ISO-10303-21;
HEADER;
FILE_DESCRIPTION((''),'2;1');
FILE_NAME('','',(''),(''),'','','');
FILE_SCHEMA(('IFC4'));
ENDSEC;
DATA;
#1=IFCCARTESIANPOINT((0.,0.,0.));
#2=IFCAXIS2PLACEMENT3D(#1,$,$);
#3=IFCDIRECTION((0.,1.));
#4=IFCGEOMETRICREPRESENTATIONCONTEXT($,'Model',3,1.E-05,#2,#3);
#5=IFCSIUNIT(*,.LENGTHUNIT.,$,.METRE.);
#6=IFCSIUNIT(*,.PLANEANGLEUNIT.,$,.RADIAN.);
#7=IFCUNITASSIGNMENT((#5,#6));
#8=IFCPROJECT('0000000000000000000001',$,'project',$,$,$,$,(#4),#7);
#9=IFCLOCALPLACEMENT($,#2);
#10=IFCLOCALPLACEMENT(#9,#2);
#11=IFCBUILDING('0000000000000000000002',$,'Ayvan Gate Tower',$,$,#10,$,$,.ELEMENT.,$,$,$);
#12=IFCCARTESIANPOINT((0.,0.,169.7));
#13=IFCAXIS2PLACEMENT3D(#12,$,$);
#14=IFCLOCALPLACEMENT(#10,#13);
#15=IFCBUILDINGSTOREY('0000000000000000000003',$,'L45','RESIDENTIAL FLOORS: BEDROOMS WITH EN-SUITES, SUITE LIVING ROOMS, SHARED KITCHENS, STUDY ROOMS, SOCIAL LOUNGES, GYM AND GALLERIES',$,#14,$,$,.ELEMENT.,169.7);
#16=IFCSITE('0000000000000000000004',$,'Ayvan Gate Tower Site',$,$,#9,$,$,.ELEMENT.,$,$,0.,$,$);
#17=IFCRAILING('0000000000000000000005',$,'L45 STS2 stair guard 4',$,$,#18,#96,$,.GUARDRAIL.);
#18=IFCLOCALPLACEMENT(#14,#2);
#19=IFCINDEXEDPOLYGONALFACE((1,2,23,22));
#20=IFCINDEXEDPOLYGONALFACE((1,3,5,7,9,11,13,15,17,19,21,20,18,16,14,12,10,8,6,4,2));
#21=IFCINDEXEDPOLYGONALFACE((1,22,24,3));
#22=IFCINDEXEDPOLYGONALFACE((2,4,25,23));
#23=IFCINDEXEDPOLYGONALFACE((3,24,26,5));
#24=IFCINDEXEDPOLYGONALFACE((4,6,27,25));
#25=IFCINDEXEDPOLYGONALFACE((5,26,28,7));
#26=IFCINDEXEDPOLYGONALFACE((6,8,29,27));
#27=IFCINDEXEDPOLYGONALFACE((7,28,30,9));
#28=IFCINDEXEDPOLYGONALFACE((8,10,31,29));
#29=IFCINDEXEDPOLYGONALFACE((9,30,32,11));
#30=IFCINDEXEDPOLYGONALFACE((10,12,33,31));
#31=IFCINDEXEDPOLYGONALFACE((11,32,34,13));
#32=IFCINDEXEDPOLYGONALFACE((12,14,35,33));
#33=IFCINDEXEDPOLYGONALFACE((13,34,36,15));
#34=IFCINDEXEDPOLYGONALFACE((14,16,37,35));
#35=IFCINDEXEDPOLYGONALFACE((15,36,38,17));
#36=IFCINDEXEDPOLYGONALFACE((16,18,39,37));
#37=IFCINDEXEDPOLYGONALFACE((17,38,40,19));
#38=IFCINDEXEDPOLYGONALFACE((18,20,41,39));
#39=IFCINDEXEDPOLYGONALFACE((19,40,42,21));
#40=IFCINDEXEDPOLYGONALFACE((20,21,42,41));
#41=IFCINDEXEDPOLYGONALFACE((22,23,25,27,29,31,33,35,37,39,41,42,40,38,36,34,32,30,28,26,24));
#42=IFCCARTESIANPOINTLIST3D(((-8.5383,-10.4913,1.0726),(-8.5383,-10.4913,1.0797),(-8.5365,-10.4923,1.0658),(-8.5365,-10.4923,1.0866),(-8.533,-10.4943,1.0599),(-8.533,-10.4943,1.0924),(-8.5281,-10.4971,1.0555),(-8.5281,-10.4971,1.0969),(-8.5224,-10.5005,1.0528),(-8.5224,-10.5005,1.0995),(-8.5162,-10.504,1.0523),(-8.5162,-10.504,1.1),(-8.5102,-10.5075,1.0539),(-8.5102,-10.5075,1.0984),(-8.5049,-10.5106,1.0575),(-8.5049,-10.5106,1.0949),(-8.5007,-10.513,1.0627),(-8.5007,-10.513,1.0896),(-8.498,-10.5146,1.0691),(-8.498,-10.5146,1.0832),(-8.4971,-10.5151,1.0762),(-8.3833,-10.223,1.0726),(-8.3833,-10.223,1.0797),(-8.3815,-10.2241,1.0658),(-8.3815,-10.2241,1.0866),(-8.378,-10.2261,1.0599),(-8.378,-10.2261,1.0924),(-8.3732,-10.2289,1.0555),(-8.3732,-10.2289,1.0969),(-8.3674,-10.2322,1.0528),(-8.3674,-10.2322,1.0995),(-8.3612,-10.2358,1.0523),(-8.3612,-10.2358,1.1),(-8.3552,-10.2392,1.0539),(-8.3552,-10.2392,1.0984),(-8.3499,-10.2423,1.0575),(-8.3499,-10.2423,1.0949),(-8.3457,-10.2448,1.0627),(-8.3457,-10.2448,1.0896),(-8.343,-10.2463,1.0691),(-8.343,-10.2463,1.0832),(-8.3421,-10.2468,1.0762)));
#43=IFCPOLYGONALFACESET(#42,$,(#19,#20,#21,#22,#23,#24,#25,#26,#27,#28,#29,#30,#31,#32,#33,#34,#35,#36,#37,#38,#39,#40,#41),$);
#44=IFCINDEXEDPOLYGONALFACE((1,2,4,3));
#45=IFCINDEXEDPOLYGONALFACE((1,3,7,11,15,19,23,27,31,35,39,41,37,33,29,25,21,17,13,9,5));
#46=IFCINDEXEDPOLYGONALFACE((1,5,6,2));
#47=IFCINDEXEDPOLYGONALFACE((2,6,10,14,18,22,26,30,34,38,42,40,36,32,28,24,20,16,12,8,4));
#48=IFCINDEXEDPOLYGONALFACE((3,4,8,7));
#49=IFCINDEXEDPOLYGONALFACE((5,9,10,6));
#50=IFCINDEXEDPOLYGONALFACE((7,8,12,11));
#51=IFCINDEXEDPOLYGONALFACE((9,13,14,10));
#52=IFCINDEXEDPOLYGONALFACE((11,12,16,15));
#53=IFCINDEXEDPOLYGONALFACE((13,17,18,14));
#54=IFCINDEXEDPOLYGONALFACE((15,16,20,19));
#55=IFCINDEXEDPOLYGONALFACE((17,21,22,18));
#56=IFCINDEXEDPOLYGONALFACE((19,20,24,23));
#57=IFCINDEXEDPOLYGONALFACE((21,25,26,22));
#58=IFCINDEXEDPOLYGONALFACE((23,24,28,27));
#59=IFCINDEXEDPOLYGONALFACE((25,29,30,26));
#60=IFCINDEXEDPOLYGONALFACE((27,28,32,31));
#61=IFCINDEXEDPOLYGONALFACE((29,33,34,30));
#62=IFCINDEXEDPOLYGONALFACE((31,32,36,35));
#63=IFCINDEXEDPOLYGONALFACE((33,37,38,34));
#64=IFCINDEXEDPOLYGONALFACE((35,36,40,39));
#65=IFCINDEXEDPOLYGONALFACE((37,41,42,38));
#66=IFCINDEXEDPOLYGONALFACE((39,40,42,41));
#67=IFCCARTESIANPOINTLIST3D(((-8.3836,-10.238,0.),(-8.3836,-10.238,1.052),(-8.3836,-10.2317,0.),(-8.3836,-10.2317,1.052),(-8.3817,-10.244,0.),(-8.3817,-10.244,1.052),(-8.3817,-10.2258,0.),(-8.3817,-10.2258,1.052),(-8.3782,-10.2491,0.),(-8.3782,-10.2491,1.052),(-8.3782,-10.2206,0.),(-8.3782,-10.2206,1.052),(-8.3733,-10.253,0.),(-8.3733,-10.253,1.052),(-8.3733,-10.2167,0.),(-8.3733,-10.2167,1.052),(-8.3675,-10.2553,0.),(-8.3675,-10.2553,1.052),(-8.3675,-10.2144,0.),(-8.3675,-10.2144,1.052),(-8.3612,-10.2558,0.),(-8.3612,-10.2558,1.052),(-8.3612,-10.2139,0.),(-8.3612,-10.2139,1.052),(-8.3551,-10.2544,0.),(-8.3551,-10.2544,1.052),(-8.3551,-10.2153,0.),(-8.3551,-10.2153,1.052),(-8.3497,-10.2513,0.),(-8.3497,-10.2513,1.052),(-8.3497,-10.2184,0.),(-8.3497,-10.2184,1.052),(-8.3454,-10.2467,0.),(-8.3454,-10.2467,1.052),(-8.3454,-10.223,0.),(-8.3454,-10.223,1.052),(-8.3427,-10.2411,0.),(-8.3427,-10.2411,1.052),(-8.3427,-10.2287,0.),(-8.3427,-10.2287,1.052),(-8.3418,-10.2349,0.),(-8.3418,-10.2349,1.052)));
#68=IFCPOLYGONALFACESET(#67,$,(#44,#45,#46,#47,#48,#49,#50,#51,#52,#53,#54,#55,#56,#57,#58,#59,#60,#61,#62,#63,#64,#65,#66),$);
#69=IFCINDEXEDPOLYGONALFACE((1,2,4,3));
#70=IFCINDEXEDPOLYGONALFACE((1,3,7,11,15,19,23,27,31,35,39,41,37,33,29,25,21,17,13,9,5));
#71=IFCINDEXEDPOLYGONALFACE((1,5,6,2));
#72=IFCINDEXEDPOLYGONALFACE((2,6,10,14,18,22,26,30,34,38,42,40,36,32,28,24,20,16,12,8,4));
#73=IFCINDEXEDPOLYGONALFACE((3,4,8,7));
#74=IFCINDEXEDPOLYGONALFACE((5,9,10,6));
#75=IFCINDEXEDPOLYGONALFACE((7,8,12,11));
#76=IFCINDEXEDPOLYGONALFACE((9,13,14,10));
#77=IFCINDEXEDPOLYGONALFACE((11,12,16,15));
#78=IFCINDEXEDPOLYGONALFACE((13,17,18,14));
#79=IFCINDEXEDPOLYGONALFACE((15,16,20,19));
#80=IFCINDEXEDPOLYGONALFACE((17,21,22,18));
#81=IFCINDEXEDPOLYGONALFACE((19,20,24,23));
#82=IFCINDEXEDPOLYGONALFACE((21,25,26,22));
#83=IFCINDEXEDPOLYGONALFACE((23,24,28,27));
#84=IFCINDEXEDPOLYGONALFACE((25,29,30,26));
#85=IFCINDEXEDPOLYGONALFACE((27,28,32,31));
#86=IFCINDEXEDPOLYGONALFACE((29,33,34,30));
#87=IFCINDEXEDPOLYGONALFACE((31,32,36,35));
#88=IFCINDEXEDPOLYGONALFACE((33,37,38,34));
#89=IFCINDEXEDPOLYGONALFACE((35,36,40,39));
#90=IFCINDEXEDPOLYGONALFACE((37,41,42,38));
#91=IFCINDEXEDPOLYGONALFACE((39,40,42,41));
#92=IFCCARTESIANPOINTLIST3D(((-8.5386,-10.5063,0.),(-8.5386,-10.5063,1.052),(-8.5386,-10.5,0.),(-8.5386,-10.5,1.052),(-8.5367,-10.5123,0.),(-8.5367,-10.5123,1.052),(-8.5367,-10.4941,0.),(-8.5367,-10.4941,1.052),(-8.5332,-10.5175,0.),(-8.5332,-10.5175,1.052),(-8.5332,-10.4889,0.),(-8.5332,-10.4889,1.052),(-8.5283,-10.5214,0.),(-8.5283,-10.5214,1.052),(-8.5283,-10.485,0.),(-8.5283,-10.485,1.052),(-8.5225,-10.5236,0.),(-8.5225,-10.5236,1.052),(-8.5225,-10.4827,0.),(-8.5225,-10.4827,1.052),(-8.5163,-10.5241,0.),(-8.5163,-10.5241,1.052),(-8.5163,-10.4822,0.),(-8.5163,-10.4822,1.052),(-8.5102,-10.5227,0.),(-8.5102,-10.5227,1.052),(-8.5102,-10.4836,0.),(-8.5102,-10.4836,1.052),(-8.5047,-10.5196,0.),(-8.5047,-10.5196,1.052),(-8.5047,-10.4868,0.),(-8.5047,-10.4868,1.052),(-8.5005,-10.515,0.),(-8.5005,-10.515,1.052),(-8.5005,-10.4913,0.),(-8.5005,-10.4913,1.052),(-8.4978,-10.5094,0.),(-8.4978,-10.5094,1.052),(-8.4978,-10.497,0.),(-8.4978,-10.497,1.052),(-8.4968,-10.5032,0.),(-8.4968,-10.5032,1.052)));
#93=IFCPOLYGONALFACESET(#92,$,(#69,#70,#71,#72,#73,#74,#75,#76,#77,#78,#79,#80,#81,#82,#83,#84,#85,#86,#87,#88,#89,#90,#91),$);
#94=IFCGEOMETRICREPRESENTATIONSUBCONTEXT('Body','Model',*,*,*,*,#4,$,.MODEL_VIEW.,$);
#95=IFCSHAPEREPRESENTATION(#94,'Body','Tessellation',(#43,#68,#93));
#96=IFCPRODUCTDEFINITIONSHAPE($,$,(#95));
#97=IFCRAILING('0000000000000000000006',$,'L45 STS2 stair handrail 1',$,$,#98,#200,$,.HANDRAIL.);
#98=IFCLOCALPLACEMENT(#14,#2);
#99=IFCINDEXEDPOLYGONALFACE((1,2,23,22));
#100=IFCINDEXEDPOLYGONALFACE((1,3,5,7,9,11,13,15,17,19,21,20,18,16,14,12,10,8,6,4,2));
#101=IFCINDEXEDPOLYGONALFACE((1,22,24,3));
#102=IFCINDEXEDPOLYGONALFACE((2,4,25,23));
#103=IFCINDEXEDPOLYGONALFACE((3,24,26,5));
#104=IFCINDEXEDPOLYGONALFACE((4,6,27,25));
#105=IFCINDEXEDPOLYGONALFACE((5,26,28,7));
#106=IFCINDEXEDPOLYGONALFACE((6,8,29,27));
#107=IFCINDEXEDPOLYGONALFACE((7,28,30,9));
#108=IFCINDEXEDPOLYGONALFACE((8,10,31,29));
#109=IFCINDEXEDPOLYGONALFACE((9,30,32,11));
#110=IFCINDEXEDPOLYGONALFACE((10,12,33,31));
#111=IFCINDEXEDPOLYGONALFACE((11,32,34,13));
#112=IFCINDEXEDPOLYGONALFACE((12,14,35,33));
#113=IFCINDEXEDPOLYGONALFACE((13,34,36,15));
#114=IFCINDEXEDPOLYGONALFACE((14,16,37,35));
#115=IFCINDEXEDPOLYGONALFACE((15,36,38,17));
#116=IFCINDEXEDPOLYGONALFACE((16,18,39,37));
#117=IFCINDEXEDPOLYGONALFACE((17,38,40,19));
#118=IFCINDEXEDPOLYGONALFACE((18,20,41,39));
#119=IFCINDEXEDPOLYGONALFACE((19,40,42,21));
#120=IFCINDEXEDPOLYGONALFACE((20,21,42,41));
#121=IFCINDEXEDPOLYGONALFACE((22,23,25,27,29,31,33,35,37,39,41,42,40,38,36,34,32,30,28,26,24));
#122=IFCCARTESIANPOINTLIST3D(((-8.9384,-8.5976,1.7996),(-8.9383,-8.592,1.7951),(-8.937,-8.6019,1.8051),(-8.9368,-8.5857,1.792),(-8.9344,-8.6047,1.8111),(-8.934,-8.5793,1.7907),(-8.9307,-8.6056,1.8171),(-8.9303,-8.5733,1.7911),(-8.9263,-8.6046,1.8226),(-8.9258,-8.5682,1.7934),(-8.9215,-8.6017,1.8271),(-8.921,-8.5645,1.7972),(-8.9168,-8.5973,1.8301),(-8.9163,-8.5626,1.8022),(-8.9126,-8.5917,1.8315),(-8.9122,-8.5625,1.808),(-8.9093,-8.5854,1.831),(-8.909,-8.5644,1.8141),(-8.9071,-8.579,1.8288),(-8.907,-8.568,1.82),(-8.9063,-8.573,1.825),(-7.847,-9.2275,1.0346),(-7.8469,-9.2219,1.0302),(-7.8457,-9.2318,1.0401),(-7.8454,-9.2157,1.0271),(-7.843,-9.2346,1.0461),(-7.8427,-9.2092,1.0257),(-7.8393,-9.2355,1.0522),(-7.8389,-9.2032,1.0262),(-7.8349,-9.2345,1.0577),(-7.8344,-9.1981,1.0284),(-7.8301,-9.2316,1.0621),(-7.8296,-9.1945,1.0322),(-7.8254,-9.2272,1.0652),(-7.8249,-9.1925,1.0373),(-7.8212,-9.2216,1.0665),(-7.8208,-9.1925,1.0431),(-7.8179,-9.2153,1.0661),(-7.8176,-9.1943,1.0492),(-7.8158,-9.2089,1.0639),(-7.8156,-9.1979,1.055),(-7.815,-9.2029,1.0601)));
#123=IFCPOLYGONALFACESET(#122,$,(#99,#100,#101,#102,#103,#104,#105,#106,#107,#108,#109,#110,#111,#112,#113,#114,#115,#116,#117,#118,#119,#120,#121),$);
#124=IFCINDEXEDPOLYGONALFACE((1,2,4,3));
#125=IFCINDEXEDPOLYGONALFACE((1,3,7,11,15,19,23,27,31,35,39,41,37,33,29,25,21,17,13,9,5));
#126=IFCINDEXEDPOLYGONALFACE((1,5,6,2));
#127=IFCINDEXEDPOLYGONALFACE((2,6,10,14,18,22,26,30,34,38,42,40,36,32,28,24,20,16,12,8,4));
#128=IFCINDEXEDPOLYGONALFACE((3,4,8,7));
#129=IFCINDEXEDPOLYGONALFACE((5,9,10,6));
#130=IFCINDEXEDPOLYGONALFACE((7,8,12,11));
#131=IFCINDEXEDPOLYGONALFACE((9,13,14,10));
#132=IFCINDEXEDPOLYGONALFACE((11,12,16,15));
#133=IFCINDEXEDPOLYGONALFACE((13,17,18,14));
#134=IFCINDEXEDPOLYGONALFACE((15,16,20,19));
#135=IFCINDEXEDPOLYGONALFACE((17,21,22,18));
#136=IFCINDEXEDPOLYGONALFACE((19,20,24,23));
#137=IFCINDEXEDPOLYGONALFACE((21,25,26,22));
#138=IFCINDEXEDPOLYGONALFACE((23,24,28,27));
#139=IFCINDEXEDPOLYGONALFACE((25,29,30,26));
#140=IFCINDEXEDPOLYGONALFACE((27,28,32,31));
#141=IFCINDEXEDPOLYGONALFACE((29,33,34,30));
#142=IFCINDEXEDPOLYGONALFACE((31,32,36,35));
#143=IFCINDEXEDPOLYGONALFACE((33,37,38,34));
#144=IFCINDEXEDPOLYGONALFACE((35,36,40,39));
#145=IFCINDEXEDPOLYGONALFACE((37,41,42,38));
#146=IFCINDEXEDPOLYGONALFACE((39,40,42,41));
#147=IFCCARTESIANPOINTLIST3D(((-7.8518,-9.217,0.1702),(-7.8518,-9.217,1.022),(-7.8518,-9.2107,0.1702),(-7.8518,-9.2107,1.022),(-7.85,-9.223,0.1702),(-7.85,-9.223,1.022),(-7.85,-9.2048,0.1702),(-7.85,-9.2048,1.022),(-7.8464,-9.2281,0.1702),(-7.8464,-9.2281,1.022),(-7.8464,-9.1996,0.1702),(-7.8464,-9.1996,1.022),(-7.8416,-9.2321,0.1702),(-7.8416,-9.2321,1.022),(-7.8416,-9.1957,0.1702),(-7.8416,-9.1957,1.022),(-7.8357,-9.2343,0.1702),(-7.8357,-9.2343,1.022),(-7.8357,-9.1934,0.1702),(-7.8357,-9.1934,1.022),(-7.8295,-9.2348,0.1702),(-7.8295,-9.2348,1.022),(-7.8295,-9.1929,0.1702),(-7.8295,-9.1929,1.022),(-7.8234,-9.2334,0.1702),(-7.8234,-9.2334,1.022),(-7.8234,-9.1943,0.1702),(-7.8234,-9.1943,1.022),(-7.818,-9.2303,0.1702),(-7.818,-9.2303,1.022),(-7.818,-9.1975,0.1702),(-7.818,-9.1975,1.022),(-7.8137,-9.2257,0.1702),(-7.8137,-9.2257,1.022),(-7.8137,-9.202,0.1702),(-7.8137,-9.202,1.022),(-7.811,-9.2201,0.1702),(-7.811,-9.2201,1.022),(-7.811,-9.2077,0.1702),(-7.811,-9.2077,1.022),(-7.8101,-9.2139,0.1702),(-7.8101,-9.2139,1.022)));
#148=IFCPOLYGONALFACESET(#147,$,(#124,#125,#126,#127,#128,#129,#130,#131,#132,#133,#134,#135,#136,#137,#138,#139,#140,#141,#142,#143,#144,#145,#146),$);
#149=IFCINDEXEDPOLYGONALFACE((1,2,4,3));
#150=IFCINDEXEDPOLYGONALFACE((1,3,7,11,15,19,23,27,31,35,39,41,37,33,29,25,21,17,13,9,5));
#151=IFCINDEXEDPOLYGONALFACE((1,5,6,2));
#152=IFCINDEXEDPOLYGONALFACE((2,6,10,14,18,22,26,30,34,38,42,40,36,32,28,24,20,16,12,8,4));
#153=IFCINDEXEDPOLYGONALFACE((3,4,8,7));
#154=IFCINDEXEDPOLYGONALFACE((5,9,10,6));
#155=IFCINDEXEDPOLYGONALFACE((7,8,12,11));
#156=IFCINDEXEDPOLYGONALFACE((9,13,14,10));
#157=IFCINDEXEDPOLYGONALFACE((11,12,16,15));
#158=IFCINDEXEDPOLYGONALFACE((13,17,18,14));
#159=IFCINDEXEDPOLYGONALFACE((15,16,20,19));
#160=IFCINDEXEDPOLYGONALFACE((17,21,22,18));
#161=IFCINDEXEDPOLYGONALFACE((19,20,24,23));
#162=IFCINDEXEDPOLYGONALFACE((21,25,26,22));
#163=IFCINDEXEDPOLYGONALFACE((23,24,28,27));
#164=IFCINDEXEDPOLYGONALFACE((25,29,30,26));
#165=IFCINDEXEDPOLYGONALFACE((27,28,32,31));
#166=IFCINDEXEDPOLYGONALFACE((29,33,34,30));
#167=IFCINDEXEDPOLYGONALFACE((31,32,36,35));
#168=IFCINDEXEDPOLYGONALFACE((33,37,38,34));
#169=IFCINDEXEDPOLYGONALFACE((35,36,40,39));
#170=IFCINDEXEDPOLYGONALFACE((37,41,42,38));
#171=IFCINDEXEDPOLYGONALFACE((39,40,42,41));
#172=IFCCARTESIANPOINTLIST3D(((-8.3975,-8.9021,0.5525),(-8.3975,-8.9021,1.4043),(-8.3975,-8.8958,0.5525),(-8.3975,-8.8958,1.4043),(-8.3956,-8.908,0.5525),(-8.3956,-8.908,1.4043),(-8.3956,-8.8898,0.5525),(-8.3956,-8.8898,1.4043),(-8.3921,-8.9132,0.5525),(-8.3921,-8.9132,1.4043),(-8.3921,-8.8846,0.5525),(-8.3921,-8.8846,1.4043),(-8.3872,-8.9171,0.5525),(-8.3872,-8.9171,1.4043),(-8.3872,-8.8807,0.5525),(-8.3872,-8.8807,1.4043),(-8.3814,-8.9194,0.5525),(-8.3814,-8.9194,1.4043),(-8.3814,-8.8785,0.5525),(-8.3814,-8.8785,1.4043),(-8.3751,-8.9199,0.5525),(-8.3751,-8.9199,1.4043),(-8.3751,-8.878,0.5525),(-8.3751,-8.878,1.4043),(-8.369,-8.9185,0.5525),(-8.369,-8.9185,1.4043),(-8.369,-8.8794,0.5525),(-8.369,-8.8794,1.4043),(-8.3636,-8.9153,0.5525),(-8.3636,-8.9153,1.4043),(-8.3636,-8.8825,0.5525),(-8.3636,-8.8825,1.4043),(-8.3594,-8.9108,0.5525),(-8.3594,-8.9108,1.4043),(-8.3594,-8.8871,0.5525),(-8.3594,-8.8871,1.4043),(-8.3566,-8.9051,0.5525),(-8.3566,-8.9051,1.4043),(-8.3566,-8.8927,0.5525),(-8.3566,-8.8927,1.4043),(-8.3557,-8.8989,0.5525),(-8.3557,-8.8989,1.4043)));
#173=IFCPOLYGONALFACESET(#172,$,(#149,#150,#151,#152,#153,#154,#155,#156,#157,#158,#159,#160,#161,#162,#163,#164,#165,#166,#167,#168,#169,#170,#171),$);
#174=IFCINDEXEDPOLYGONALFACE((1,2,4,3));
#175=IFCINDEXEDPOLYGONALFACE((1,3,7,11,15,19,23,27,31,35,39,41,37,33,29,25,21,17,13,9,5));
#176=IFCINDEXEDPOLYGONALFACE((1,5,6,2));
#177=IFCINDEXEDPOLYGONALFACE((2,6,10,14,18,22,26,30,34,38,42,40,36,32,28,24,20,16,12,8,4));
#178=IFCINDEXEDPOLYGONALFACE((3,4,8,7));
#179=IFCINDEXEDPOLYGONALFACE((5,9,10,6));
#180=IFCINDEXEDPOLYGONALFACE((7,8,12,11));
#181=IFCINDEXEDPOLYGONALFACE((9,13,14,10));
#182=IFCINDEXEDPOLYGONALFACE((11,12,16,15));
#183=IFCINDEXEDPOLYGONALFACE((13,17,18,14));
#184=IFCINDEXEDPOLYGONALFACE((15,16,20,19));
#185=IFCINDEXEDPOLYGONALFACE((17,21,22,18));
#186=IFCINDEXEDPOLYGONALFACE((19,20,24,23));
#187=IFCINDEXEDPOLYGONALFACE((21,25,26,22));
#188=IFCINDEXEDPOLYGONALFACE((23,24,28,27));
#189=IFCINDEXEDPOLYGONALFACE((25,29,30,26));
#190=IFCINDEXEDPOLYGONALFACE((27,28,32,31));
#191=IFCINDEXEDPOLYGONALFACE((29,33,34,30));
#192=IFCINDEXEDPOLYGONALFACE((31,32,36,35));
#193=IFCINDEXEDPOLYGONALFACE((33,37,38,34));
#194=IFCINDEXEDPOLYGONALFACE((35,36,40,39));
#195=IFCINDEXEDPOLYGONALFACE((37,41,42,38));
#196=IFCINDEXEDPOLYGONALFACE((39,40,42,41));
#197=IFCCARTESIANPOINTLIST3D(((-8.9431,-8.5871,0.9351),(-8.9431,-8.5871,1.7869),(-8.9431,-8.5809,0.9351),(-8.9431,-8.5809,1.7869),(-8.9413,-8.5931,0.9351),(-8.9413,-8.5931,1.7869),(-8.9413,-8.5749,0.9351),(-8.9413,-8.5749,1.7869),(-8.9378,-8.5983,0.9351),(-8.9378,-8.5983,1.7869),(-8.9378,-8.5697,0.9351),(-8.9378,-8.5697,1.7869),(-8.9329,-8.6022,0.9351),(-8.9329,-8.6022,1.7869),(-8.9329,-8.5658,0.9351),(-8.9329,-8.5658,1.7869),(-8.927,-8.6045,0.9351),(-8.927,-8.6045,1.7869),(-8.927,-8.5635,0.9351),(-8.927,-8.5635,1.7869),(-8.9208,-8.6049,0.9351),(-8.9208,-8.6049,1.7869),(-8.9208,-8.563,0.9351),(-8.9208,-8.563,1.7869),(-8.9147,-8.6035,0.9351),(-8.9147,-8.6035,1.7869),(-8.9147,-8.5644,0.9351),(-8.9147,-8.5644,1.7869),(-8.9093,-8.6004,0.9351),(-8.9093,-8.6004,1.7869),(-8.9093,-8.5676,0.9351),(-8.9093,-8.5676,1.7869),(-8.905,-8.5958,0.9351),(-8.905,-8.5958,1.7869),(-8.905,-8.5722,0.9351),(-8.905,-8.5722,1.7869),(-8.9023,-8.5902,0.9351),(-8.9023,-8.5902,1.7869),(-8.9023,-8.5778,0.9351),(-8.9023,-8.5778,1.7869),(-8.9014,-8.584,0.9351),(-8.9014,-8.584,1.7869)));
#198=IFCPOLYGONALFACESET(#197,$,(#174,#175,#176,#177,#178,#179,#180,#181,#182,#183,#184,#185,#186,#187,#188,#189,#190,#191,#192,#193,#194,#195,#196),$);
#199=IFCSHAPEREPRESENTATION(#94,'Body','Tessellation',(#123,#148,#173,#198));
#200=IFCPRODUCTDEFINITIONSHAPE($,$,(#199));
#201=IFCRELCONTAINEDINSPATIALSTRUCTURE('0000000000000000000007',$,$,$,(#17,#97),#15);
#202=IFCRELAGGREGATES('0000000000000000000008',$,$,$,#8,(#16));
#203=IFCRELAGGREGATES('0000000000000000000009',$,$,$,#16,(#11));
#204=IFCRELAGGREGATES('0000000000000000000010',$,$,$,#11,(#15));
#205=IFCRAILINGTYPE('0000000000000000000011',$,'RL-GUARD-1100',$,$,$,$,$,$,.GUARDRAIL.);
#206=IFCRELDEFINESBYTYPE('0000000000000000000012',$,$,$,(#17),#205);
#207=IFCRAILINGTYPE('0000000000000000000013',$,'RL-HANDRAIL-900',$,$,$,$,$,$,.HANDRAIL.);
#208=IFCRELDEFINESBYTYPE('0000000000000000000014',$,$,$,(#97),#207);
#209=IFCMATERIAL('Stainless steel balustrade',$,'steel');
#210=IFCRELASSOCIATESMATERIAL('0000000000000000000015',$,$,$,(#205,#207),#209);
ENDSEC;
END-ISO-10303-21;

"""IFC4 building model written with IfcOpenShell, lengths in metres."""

from ifc_helpers import new_model, si_unit, direction, frame, origin, origin_2d, place, context, subcontext, project, spatial, circle, extrude, material, type_object, element, save


model = new_model("IFC4")

# Units and contexts
model_context = context("Model", 3, precision=1e-05, world=origin(), true_north=direction((0.0, 1.0)))
body_context = subcontext(model_context, "Body", "Model", "MODEL_VIEW")
ifc_project = project(units=[si_unit("LENGTHUNIT", "METRE"), si_unit("PLANEANGLEUNIT", "RADIAN")], contexts=[model_context])

# Site, building, storey
site_placement = place(None, origin())
site = spatial("IfcSite", under=ifc_project, at=site_placement, Name="Ayvan Gate Tower Site", CompositionType="ELEMENT", RefElevation=0.0)
building_placement = place(site_placement, origin())
building = spatial("IfcBuilding", under=site, at=building_placement, Name="Ayvan Gate Tower", CompositionType="ELEMENT")
storey_placement = place(building_placement, frame((0.0, 0.0, 169.7)))
storey = spatial("IfcBuildingStorey", under=building, at=storey_placement, Name="L45", Description="RESIDENTIAL FLOORS: BEDROOMS WITH EN-SUITES, SUITE LIVING ROOMS, SHARED KITCHENS, STUDY ROOMS, SOCIAL LOUNGES, GYM AND GALLERIES", CompositionType="ELEMENT", Elevation=169.7)

# Railings
ifc_material_1 = material(Name="Stainless steel balustrade", Category="steel")
railing_type_1 = type_object("IfcRailingType", Name="RL-GUARD-1100", PredefinedType="GUARDRAIL", material=ifc_material_1)
railing_1_placement = place(storey_placement, frame((-8.3628, -10.2349, 0.0)))
element("IfcRailing", 1, at=railing_1_placement, inside=storey, type_object=railing_type_1, Name="L45 STS2 stair guard 4", PredefinedType="GUARDRAIL", context=body_context, shape_type="SweptSolid", body=[
    extrude(circle(Radius=0.0239, at=origin_2d()), frame((0.0, 0.0, 1.0762), z_axis=(-0.500291, -0.865857, 0.0), x_axis=(0.865857, -0.500291, 0.0)), (0.0, 0.0, 1.0), 0.3098),
    extrude(circle(Radius=0.021, at=origin_2d()), origin(), (0.0, 0.0, 1.0), 1.052),
    extrude(circle(Radius=0.021, at=origin_2d()), frame((-0.155, -0.2683, 0.0)), (0.0, 0.0, 1.0), 1.052),
])
railing_type_2 = type_object("IfcRailingType", Name="RL-HANDRAIL-900", PredefinedType="HANDRAIL", material=ifc_material_1)
railing_2_placement = place(storey_placement, frame((-7.8311, -9.2139, 0.1702)))
element("IfcRailing", 2, at=railing_2_placement, inside=storey, type_object=railing_type_2, Name="L45 STS2 stair handrail 1", PredefinedType="HANDRAIL", context=body_context, shape_type="SweptSolid", body=[
    extrude(circle(Radius=0.0239, at=origin_2d()), frame((0.0, 0.0, 0.876), z_axis=(-0.740357, 0.42732, 0.518912), x_axis=(-0.49989, -0.866089, 0.0)), (0.0, 0.0, 1.0), 1.4741),
    extrude(circle(Radius=0.021, at=origin_2d()), origin(), (0.0, 0.0, 1.0), 0.8518),
    extrude(circle(Radius=0.021, at=origin_2d()), frame((-0.5457, 0.3149, 0.3823)), (0.0, 0.0, 1.0), 0.8518),
    extrude(circle(Radius=0.021, at=origin_2d()), frame((-1.0913, 0.6299, 0.7649)), (0.0, 0.0, 1.0), 0.8518),
])

save(model, "model.ifc")
